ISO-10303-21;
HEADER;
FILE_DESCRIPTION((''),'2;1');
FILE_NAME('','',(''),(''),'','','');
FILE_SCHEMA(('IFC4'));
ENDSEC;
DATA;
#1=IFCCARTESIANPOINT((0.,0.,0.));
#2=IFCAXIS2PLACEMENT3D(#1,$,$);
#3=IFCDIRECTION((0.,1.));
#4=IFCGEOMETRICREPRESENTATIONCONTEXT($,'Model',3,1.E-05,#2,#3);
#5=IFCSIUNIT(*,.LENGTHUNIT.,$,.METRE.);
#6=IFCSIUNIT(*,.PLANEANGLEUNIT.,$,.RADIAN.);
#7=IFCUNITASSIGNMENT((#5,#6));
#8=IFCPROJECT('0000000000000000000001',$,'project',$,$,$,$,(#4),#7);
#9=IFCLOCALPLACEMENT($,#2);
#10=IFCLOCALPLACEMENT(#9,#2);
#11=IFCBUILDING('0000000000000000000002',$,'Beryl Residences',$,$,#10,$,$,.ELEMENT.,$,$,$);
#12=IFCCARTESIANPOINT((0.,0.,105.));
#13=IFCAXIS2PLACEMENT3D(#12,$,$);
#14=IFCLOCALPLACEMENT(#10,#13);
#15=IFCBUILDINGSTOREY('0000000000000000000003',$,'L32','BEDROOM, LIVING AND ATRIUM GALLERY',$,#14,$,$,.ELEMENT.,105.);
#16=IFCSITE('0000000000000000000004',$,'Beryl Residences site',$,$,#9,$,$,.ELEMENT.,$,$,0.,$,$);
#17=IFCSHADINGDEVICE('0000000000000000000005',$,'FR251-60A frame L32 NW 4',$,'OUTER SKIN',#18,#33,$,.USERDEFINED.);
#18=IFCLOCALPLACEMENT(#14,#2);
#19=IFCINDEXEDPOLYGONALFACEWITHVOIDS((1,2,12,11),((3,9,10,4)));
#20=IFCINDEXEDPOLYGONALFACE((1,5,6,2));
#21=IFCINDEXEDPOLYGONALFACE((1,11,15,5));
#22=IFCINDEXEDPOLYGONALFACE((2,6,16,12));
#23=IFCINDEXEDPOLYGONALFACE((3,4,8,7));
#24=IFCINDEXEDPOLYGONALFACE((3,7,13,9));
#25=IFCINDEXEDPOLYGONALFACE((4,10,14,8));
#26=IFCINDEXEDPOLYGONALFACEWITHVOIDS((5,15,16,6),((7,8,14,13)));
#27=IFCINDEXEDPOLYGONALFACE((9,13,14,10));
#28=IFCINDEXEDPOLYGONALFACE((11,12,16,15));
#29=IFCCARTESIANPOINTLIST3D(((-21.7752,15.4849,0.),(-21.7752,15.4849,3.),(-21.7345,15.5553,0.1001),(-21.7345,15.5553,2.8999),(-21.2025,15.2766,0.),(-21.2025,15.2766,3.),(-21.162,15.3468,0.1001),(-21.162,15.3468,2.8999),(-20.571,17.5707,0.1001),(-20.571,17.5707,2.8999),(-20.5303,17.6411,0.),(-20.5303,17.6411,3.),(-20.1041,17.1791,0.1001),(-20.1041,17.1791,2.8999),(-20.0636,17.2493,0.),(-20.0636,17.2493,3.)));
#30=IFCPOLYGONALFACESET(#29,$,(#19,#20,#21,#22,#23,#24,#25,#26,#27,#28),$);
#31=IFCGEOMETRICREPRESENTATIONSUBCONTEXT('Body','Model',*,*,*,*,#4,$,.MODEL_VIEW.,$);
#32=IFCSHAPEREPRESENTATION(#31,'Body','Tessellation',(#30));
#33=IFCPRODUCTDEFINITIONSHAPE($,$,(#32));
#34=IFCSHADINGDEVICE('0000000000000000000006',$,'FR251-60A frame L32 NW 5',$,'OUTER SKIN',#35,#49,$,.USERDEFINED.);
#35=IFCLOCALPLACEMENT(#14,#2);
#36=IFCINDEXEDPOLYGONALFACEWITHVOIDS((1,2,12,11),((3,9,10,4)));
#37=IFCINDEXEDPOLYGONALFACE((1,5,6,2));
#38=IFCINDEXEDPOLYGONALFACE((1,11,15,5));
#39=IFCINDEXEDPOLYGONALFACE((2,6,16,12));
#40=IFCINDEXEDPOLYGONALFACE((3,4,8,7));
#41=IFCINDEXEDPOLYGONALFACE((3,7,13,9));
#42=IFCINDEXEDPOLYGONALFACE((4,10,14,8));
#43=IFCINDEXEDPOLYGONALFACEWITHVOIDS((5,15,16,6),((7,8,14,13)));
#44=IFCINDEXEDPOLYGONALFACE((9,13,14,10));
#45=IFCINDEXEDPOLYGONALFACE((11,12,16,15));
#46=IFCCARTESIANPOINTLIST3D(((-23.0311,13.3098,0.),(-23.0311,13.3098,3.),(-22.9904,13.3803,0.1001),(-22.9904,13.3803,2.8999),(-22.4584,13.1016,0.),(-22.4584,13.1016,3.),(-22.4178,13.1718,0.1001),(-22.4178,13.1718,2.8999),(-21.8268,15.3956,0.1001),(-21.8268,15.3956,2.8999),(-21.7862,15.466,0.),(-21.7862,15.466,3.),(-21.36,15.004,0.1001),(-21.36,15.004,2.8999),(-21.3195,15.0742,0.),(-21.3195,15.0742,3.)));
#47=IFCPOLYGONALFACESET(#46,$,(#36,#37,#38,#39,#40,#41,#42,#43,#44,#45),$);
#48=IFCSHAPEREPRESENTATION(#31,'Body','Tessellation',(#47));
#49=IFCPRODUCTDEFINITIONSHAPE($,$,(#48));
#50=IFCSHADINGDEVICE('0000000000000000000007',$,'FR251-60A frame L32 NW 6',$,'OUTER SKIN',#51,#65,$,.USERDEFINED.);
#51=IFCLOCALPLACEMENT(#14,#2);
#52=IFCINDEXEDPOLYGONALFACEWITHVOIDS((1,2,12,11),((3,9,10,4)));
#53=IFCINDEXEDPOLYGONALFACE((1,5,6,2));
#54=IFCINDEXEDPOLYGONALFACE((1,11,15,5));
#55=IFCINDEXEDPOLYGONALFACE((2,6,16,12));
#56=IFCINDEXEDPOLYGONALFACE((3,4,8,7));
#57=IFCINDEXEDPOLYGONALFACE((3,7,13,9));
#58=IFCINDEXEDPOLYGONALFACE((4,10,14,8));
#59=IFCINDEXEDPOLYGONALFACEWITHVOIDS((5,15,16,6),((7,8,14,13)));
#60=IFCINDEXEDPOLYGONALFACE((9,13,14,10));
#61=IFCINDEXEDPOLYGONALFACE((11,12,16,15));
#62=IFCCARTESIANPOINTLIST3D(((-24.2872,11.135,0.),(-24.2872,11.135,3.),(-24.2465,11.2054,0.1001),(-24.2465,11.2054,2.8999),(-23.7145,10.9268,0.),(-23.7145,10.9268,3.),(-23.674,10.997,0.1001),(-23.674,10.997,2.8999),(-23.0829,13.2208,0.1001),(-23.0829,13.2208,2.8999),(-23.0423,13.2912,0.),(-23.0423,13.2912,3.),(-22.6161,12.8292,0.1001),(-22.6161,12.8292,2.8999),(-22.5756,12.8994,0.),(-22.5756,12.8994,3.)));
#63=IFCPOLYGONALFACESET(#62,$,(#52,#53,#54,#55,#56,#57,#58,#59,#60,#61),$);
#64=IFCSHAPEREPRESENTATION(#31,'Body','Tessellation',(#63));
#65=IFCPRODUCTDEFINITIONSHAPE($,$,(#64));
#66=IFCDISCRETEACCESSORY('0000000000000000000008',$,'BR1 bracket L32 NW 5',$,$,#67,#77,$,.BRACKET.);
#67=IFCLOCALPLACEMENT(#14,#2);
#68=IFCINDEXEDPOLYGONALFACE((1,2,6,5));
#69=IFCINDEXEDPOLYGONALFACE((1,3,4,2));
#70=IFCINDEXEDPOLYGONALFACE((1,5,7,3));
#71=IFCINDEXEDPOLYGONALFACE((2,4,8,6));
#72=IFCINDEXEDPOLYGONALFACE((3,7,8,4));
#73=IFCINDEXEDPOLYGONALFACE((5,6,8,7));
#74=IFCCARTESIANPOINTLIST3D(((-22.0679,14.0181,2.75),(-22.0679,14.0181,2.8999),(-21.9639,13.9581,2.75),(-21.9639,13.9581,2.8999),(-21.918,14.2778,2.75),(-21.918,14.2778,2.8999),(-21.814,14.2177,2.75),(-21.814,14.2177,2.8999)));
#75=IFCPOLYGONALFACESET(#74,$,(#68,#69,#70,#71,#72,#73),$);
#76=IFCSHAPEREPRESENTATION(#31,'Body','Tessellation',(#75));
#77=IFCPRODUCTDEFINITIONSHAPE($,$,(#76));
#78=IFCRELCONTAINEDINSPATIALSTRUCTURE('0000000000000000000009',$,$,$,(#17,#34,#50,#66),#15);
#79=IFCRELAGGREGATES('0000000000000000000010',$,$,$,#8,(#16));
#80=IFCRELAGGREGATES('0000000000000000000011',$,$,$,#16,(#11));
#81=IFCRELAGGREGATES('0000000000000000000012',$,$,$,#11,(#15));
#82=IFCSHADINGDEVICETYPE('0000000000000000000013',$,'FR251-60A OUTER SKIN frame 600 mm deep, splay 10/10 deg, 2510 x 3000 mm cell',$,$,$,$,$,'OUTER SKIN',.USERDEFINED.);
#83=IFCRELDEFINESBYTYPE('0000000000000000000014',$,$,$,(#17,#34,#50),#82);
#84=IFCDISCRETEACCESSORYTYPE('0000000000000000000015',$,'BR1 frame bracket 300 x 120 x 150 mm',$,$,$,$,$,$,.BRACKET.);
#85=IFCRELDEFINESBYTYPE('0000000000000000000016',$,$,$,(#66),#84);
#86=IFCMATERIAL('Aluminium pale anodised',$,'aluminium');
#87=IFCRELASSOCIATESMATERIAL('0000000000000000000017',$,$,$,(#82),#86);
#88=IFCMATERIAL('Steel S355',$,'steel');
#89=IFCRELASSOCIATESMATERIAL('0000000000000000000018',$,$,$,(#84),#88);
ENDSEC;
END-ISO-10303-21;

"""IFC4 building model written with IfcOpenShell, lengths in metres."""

from ifc_helpers import new_model, entity, si_unit, direction, frame, origin, place, context, subcontext, project, spatial, polyline, outline, extrude, source, transform, mapped, material, type_object, type_shapes, element, save


model = new_model("IFC4")

# Units and contexts
model_context = context("Model", 3, precision=1e-05, world=origin(), true_north=direction((0.0, 1.0)))
body_context = subcontext(model_context, "Body", "Model", "MODEL_VIEW")
ifc_project = project(units=[si_unit("LENGTHUNIT", "METRE"), si_unit("PLANEANGLEUNIT", "RADIAN")], contexts=[model_context])

# Site, building, storey
site_placement = place(None, origin())
site = spatial("IfcSite", under=ifc_project, at=site_placement, Name="Beryl Residences site", CompositionType="ELEMENT", RefElevation=0.0)
building_placement = place(site_placement, origin())
building = spatial("IfcBuilding", under=site, at=building_placement, Name="Beryl Residences", CompositionType="ELEMENT")
storey_placement = place(building_placement, frame((0.0, 0.0, 105.0)))
storey = spatial("IfcBuildingStorey", under=building, at=storey_placement, Name="L32", Description="BEDROOM, LIVING AND ATRIUM GALLERY", CompositionType="ELEMENT", Elevation=105.0)

# Shading devices
ifc_material_1 = material(Name="Aluminium pale anodised", Category="aluminium")
shading_device_type = type_object("IfcShadingDeviceType", Name="FR251-60A OUTER SKIN frame 600 mm deep, splay 10/10 deg, 2510 x 3000 mm cell", ElementType="OUTER SKIN", PredefinedType="USERDEFINED", material=ifc_material_1)
cartesian_point_1 = entity("IfcCartesianPoint", [-1.1389, 0.0])
cartesian_point_2 = entity("IfcCartesianPoint", [-1.0579, 0.1001])
cartesian_point_3 = entity("IfcCartesianPoint", [-1.2449, 0.0])
cartesian_point_4 = entity("IfcCartesianPoint", [-1.1636, 0.1001])
shared_shape_1 = source(origin(), body_context, "Body", "SweptSolid", [
    entity("IfcExtrudedAreaSolidTapered", entity("IfcArbitraryProfileDefWithVoids", "AREA", None, entity("IfcPolyline", [cartesian_point_1, entity("IfcCartesianPoint", [1.1389, 0.0]), entity("IfcCartesianPoint", [1.1389, 3.0]), entity("IfcCartesianPoint", [-1.1389, 3.0]), cartesian_point_1]), [entity("IfcPolyline", [cartesian_point_2, entity("IfcCartesianPoint", [1.0579, 0.1001]), entity("IfcCartesianPoint", [1.0579, 2.8999]), entity("IfcCartesianPoint", [-1.0579, 2.8999]), cartesian_point_2])]), entity("IfcAxis2Placement3D", entity("IfcCartesianPoint", [0.0, 0.0, 0.0]), entity("IfcDirection", [0.0, 1.0, 0.0]), entity("IfcDirection", [-1.0, 0.0, 0.0])), entity("IfcDirection", [0.0, 0.0, 1.0]), 0.6001, entity("IfcArbitraryProfileDefWithVoids", "AREA", None, entity("IfcPolyline", [cartesian_point_3, entity("IfcCartesianPoint", [1.2449, 0.0]), entity("IfcCartesianPoint", [1.2449, 3.0]), entity("IfcCartesianPoint", [-1.2449, 3.0]), cartesian_point_3]), [entity("IfcPolyline", [cartesian_point_4, entity("IfcCartesianPoint", [1.1636, 0.1001]), entity("IfcCartesianPoint", [1.1636, 2.8999]), entity("IfcCartesianPoint", [-1.1636, 2.8999]), cartesian_point_4])])),
])
type_shapes(shading_device_type, [shared_shape_1])
for number, where, z_axis, x_axis, name in (
    (1, (-20.6331, 16.2629, 0.0), (0.0, 0.0, 1.0), (0.5, 0.866025, 0.0), "FR251-60A frame L32 NW 4"),
    (2, (-21.8889, 14.0879, 0.0), (0.0, 0.0, 1.0), (0.5, 0.866025, 0.0), "FR251-60A frame L32 NW 5"),
    (3, (-23.145, 11.9131, 0.0), (0.0, 0.0, 1.0), (0.5, 0.866025, 0.0), "FR251-60A frame L32 NW 6"),
):
    element("IfcShadingDevice", number, at=place(storey_placement, frame(where, z_axis=z_axis, x_axis=x_axis)), inside=storey, type_object=shading_device_type, Name=name, ObjectType="OUTER SKIN", PredefinedType="USERDEFINED", context=body_context, shape_type="MappedRepresentation", body=[
        mapped(shared_shape_1, transform((0.0, 0.0, 0.0))),
    ])

# Discrete accessory
ifc_material_2 = material(Name="Steel S355", Category="steel")
discrete_accessory_type = type_object("IfcDiscreteAccessoryType", Name="BR1 frame bracket 300 x 120 x 150 mm", PredefinedType="BRACKET", material=ifc_material_2)
shared_shape_2 = source(origin(), body_context, "Body", "SweptSolid", [
    extrude(outline(polyline([(-0.1499, 0.0), (0.1499, 0.0), (0.1499, 0.1201), (-0.1499, 0.1201), (-0.1499, 0.0)])), origin(), (0.0, 0.0, 1.0), 0.1499),
])
type_shapes(discrete_accessory_type, [shared_shape_2])
discrete_accessory_placement = place(storey_placement, frame((-21.8889, 14.0879, 2.75), z_axis=(0.0, 0.0, 1.0), x_axis=(0.5, 0.866025, 0.0)))
element("IfcDiscreteAccessory", 4, at=discrete_accessory_placement, inside=storey, type_object=discrete_accessory_type, Name="BR1 bracket L32 NW 5", PredefinedType="BRACKET", context=body_context, shape_type="MappedRepresentation", body=[
    mapped(shared_shape_2, transform((0.0, 0.0, 0.0))),
])

save(model, "model.ifc")
